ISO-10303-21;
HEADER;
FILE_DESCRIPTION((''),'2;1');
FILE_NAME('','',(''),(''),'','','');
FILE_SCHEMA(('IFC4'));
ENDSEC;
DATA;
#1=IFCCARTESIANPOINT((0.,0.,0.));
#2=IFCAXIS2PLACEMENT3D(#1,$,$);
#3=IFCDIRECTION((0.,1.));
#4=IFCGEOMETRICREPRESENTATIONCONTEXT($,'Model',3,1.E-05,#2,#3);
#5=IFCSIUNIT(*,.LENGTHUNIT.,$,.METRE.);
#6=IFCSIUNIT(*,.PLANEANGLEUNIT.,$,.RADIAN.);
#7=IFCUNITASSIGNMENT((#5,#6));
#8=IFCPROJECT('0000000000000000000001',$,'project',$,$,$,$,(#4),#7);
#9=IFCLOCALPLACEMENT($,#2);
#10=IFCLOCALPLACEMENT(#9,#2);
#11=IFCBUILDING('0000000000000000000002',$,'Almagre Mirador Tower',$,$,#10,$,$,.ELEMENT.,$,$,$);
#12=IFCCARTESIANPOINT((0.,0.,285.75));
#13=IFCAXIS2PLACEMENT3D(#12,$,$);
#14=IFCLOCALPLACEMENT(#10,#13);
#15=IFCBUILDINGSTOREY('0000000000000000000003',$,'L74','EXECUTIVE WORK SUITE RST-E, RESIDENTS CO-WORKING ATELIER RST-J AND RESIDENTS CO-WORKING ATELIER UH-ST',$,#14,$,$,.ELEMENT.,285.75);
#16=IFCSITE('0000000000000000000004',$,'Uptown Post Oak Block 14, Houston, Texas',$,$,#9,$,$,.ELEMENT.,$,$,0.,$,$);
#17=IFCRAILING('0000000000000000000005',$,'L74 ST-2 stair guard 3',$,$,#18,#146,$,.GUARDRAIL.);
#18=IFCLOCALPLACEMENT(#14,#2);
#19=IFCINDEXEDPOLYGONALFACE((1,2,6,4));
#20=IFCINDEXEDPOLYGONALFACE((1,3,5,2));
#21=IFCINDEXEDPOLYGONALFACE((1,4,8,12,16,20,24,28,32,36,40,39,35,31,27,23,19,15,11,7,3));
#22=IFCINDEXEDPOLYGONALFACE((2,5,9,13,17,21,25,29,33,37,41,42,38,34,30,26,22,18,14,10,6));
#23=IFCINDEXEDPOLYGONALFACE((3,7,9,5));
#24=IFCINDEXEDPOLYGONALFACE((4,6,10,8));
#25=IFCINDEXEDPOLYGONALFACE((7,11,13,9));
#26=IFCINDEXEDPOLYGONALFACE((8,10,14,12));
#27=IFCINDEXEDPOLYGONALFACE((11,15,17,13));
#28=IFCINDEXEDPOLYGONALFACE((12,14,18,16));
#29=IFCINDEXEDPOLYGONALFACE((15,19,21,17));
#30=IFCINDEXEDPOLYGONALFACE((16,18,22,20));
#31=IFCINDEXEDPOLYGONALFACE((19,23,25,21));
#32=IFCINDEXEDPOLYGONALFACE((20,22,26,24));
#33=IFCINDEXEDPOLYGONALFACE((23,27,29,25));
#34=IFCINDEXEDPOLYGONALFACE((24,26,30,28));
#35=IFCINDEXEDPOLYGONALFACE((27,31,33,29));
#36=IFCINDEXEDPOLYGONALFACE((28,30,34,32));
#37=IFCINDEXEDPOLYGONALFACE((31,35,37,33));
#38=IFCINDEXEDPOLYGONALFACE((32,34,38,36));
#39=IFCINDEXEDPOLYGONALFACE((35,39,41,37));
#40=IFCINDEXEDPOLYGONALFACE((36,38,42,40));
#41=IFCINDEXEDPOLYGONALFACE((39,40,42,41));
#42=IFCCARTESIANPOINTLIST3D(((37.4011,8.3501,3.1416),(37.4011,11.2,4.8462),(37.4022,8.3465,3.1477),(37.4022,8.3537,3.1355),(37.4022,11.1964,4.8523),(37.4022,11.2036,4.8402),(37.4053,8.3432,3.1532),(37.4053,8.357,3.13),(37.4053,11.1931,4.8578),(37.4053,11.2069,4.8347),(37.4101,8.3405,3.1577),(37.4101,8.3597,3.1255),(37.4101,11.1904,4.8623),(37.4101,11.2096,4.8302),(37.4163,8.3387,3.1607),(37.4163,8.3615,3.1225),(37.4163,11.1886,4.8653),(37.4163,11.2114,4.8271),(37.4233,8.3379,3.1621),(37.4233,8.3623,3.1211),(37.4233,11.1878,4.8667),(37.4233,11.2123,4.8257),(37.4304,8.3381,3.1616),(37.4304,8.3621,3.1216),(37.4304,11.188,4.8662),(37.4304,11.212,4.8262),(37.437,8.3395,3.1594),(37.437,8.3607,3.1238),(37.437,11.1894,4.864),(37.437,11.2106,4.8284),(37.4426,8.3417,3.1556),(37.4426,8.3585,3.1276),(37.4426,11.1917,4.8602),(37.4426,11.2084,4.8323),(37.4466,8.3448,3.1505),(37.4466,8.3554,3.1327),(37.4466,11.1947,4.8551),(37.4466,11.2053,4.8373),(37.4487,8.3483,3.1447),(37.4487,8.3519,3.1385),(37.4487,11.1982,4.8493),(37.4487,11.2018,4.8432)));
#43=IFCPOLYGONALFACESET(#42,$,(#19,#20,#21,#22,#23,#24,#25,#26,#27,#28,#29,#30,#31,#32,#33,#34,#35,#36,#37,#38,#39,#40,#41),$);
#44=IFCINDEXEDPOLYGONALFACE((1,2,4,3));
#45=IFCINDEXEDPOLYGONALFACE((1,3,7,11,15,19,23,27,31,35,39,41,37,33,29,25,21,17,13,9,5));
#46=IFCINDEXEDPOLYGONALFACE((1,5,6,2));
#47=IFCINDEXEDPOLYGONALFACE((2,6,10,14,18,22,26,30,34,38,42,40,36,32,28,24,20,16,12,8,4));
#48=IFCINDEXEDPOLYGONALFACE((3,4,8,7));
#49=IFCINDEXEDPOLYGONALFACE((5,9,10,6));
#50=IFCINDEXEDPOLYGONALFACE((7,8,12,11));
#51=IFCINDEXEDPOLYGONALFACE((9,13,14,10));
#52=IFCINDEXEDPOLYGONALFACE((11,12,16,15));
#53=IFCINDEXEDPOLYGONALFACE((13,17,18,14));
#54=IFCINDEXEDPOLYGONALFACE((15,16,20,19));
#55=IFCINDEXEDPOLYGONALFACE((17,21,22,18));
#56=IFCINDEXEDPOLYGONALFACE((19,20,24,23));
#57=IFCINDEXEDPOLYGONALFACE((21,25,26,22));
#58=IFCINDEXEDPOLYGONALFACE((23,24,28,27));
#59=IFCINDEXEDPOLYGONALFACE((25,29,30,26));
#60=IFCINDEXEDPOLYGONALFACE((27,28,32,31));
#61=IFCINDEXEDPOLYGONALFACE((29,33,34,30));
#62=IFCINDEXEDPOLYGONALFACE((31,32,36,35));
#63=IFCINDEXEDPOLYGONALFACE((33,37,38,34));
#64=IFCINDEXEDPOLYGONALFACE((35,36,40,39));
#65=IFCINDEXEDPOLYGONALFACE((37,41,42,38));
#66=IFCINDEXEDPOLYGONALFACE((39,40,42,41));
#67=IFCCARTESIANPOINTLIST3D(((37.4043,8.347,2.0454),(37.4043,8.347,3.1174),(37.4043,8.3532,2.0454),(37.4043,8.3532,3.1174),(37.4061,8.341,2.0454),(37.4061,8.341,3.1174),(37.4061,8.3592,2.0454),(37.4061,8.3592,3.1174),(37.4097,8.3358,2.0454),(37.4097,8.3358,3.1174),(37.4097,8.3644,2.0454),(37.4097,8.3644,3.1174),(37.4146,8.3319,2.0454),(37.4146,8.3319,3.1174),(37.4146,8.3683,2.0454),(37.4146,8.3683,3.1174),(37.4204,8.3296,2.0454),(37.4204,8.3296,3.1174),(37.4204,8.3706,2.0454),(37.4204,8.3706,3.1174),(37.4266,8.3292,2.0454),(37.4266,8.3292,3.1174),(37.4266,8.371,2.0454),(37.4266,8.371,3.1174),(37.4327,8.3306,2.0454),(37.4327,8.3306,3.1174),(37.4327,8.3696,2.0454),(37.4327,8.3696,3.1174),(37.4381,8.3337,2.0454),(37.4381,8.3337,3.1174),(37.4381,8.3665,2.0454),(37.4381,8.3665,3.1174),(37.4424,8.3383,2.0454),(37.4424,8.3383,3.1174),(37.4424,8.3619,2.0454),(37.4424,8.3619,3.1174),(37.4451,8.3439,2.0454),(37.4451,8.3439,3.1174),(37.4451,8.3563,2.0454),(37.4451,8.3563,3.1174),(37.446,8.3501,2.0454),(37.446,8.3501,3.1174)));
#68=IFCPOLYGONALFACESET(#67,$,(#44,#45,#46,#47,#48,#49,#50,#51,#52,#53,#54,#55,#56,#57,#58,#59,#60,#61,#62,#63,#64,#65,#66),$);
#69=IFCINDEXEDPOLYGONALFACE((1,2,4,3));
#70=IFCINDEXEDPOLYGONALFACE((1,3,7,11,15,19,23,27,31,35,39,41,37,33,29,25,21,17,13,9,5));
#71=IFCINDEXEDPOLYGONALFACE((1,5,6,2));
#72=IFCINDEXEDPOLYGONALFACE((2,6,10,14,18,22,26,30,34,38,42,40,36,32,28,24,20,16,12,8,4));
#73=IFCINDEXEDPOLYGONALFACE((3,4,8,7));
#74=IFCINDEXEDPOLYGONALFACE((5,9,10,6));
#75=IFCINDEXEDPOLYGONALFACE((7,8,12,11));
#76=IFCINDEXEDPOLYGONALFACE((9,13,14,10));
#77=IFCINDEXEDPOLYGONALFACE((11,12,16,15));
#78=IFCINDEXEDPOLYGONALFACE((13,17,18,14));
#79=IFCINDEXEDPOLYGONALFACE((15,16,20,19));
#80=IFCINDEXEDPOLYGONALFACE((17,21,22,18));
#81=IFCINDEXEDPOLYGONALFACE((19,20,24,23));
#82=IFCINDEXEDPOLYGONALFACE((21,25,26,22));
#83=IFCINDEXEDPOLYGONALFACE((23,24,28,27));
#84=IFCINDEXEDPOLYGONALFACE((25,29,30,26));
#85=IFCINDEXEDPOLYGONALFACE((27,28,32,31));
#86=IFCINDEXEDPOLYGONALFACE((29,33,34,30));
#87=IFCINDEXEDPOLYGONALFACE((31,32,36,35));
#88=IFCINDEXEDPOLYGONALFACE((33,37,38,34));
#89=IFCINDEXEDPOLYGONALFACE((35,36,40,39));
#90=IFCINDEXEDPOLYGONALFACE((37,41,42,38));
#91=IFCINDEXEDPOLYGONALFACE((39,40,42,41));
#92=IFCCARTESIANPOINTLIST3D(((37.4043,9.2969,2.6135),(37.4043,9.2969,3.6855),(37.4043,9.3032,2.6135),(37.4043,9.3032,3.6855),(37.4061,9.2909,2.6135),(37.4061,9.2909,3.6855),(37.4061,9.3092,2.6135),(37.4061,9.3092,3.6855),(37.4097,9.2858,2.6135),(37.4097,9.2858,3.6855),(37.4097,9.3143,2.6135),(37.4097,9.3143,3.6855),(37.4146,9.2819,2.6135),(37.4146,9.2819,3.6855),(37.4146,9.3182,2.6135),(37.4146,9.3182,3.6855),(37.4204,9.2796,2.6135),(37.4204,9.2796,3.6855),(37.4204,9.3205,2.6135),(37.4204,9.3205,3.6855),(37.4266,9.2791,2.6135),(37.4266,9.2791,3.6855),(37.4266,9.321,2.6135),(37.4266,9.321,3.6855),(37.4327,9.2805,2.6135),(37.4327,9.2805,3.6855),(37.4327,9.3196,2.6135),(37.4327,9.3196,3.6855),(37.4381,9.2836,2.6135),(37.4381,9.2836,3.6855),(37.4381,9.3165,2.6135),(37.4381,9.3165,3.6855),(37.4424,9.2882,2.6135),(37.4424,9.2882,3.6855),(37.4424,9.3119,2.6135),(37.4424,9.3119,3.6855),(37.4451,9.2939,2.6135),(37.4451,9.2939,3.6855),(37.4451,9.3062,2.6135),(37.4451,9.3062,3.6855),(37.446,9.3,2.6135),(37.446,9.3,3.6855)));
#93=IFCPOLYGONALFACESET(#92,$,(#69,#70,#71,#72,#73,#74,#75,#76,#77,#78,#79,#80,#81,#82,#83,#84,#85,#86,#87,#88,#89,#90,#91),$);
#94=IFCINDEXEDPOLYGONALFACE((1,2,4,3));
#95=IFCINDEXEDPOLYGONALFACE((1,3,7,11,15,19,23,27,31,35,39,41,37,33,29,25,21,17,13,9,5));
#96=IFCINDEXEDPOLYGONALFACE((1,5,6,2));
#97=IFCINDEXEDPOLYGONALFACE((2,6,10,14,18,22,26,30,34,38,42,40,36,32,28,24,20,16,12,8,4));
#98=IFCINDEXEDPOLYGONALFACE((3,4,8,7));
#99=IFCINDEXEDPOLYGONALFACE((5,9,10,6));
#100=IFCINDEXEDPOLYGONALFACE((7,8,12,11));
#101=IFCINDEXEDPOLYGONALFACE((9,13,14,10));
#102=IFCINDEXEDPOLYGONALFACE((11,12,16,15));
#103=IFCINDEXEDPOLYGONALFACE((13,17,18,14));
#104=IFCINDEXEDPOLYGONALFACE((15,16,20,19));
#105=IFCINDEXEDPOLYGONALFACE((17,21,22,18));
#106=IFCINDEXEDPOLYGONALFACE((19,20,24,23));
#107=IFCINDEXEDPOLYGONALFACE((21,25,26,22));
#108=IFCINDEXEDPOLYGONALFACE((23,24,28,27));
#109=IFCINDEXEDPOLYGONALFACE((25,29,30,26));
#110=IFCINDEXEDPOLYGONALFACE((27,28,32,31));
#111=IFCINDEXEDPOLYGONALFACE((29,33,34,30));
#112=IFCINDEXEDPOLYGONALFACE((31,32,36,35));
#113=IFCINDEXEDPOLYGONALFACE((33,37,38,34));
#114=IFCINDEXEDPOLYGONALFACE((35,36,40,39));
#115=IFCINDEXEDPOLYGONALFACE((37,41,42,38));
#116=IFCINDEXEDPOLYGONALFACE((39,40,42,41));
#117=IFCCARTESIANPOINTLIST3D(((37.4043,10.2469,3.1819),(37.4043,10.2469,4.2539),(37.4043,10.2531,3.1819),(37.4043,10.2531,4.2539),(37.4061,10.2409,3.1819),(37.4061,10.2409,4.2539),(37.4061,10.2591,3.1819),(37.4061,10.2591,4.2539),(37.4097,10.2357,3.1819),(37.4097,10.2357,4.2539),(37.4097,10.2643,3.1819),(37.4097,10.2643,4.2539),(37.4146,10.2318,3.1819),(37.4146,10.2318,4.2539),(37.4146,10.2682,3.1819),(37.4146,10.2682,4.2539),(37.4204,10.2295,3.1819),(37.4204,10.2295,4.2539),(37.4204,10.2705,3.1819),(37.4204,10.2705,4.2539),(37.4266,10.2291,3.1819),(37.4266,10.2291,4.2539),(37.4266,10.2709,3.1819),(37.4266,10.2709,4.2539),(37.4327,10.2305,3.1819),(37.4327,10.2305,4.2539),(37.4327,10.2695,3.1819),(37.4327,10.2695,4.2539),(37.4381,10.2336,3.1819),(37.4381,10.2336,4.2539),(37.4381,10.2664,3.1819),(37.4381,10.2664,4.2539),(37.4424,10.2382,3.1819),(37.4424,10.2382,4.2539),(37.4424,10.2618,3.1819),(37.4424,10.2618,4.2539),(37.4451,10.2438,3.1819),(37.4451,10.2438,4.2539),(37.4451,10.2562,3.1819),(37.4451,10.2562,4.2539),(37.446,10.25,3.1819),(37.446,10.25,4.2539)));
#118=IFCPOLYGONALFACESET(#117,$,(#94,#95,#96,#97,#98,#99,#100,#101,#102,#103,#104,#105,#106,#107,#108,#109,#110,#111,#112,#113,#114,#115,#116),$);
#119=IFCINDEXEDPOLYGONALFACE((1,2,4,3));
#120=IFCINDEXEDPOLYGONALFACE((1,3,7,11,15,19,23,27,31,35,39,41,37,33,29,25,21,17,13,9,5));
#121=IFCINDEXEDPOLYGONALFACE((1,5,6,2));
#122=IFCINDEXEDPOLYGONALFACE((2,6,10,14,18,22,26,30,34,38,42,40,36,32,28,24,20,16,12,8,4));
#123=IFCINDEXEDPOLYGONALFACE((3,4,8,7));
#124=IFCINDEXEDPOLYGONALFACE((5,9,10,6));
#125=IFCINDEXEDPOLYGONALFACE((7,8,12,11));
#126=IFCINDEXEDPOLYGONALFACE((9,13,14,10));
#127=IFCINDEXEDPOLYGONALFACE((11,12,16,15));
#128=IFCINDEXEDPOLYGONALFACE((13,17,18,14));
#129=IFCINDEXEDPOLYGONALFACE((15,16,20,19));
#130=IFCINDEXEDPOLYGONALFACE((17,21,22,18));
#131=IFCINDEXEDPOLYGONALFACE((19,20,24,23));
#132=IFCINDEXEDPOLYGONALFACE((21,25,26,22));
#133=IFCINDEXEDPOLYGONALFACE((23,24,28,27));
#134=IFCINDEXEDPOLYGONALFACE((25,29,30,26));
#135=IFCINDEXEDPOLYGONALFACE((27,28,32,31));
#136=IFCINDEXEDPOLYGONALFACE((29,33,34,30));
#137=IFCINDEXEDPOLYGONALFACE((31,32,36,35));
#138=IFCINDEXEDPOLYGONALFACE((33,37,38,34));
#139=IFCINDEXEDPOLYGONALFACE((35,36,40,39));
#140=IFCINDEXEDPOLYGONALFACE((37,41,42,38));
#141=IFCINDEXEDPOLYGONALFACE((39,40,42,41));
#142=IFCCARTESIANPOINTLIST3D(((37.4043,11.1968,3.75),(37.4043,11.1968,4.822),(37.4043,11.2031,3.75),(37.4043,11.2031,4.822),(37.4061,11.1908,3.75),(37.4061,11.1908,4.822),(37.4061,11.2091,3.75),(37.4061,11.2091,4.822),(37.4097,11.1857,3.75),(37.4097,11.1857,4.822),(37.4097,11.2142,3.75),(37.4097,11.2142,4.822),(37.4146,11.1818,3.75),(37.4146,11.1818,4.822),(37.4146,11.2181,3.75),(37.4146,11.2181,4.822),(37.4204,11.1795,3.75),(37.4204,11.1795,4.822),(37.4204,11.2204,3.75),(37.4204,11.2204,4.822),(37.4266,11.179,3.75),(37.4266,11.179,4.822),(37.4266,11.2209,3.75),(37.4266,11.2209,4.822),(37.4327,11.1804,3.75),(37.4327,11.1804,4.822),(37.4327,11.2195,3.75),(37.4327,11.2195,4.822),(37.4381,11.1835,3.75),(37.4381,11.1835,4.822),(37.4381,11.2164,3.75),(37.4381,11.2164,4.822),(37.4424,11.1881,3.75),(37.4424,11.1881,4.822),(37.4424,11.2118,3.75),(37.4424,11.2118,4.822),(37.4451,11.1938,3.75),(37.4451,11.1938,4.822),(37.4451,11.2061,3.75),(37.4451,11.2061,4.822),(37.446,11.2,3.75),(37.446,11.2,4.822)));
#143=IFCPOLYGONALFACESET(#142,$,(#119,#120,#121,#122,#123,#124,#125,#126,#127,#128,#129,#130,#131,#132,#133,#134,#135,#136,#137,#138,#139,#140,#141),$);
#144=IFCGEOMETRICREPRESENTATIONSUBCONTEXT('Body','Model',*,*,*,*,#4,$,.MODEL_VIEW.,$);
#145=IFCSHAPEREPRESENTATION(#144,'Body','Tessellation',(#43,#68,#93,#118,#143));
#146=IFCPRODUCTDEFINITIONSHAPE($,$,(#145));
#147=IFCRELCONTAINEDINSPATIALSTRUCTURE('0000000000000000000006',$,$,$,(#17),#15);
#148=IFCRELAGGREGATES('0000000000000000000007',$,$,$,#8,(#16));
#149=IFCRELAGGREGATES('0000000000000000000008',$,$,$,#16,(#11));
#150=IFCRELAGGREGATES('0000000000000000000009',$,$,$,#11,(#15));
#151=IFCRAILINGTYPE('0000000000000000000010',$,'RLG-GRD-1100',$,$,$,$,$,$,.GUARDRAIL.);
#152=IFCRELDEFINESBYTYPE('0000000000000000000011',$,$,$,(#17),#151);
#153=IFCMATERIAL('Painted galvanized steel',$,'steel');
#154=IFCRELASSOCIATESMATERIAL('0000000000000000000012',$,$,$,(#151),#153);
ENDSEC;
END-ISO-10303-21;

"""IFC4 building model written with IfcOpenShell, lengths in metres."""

from ifc_helpers import new_model, si_unit, direction, frame, origin, origin_2d, place, context, subcontext, project, spatial, circle, extrude, material, type_object, element, save


model = new_model("IFC4")

# Units and contexts
model_context = context("Model", 3, precision=1e-05, world=origin(), true_north=direction((0.0, 1.0)))
body_context = subcontext(model_context, "Body", "Model", "MODEL_VIEW")
ifc_project = project(units=[si_unit("LENGTHUNIT", "METRE"), si_unit("PLANEANGLEUNIT", "RADIAN")], contexts=[model_context])

# Site, building, storey
site_placement = place(None, origin())
site = spatial("IfcSite", under=ifc_project, at=site_placement, Name="Uptown Post Oak Block 14, Houston, Texas", CompositionType="ELEMENT", RefElevation=0.0)
building_placement = place(site_placement, origin())
building = spatial("IfcBuilding", under=site, at=building_placement, Name="Almagre Mirador Tower", CompositionType="ELEMENT")
storey_placement = place(building_placement, frame((0.0, 0.0, 285.75)))
storey = spatial("IfcBuildingStorey", under=building, at=storey_placement, Name="L74", Description="EXECUTIVE WORK SUITE RST-E, RESIDENTS CO-WORKING ATELIER RST-J AND RESIDENTS CO-WORKING ATELIER UH-ST", CompositionType="ELEMENT", Elevation=285.75)

# Railing
ifc_material_1 = material(Name="Painted galvanized steel", Category="steel")
railing_type_1 = type_object("IfcRailingType", Name="RLG-GRD-1100", PredefinedType="GUARDRAIL", material=ifc_material_1)
railing_1_placement = place(storey_placement, frame((37.425, 8.3501, 2.0454)))
element("IfcRailing", 1, at=railing_1_placement, inside=storey, type_object=railing_type_1, Name="L74 ST-2 stair guard 3", PredefinedType="GUARDRAIL", context=body_context, shape_type="SweptSolid", body=[
    extrude(circle(Radius=0.0239, at=origin_2d()), frame((0.0, 0.0, 1.0962), z_axis=(0.0, 0.858199, 0.513317), x_axis=(-1.0, 0.0, 0.0)), (0.0, 0.0, 1.0), 3.3208),
    extrude(circle(Radius=0.021, at=origin_2d()), origin(), (0.0, 0.0, 1.0), 1.072),
    extrude(circle(Radius=0.021, at=origin_2d()), frame((0.0, 0.95, 0.5681)), (0.0, 0.0, 1.0), 1.072),
    extrude(circle(Radius=0.021, at=origin_2d()), frame((0.0, 1.8999, 1.1365)), (0.0, 0.0, 1.0), 1.072),
    extrude(circle(Radius=0.021, at=origin_2d()), frame((0.0, 2.8499, 1.7046)), (0.0, 0.0, 1.0), 1.072),
])

save(model, "model.ifc")
